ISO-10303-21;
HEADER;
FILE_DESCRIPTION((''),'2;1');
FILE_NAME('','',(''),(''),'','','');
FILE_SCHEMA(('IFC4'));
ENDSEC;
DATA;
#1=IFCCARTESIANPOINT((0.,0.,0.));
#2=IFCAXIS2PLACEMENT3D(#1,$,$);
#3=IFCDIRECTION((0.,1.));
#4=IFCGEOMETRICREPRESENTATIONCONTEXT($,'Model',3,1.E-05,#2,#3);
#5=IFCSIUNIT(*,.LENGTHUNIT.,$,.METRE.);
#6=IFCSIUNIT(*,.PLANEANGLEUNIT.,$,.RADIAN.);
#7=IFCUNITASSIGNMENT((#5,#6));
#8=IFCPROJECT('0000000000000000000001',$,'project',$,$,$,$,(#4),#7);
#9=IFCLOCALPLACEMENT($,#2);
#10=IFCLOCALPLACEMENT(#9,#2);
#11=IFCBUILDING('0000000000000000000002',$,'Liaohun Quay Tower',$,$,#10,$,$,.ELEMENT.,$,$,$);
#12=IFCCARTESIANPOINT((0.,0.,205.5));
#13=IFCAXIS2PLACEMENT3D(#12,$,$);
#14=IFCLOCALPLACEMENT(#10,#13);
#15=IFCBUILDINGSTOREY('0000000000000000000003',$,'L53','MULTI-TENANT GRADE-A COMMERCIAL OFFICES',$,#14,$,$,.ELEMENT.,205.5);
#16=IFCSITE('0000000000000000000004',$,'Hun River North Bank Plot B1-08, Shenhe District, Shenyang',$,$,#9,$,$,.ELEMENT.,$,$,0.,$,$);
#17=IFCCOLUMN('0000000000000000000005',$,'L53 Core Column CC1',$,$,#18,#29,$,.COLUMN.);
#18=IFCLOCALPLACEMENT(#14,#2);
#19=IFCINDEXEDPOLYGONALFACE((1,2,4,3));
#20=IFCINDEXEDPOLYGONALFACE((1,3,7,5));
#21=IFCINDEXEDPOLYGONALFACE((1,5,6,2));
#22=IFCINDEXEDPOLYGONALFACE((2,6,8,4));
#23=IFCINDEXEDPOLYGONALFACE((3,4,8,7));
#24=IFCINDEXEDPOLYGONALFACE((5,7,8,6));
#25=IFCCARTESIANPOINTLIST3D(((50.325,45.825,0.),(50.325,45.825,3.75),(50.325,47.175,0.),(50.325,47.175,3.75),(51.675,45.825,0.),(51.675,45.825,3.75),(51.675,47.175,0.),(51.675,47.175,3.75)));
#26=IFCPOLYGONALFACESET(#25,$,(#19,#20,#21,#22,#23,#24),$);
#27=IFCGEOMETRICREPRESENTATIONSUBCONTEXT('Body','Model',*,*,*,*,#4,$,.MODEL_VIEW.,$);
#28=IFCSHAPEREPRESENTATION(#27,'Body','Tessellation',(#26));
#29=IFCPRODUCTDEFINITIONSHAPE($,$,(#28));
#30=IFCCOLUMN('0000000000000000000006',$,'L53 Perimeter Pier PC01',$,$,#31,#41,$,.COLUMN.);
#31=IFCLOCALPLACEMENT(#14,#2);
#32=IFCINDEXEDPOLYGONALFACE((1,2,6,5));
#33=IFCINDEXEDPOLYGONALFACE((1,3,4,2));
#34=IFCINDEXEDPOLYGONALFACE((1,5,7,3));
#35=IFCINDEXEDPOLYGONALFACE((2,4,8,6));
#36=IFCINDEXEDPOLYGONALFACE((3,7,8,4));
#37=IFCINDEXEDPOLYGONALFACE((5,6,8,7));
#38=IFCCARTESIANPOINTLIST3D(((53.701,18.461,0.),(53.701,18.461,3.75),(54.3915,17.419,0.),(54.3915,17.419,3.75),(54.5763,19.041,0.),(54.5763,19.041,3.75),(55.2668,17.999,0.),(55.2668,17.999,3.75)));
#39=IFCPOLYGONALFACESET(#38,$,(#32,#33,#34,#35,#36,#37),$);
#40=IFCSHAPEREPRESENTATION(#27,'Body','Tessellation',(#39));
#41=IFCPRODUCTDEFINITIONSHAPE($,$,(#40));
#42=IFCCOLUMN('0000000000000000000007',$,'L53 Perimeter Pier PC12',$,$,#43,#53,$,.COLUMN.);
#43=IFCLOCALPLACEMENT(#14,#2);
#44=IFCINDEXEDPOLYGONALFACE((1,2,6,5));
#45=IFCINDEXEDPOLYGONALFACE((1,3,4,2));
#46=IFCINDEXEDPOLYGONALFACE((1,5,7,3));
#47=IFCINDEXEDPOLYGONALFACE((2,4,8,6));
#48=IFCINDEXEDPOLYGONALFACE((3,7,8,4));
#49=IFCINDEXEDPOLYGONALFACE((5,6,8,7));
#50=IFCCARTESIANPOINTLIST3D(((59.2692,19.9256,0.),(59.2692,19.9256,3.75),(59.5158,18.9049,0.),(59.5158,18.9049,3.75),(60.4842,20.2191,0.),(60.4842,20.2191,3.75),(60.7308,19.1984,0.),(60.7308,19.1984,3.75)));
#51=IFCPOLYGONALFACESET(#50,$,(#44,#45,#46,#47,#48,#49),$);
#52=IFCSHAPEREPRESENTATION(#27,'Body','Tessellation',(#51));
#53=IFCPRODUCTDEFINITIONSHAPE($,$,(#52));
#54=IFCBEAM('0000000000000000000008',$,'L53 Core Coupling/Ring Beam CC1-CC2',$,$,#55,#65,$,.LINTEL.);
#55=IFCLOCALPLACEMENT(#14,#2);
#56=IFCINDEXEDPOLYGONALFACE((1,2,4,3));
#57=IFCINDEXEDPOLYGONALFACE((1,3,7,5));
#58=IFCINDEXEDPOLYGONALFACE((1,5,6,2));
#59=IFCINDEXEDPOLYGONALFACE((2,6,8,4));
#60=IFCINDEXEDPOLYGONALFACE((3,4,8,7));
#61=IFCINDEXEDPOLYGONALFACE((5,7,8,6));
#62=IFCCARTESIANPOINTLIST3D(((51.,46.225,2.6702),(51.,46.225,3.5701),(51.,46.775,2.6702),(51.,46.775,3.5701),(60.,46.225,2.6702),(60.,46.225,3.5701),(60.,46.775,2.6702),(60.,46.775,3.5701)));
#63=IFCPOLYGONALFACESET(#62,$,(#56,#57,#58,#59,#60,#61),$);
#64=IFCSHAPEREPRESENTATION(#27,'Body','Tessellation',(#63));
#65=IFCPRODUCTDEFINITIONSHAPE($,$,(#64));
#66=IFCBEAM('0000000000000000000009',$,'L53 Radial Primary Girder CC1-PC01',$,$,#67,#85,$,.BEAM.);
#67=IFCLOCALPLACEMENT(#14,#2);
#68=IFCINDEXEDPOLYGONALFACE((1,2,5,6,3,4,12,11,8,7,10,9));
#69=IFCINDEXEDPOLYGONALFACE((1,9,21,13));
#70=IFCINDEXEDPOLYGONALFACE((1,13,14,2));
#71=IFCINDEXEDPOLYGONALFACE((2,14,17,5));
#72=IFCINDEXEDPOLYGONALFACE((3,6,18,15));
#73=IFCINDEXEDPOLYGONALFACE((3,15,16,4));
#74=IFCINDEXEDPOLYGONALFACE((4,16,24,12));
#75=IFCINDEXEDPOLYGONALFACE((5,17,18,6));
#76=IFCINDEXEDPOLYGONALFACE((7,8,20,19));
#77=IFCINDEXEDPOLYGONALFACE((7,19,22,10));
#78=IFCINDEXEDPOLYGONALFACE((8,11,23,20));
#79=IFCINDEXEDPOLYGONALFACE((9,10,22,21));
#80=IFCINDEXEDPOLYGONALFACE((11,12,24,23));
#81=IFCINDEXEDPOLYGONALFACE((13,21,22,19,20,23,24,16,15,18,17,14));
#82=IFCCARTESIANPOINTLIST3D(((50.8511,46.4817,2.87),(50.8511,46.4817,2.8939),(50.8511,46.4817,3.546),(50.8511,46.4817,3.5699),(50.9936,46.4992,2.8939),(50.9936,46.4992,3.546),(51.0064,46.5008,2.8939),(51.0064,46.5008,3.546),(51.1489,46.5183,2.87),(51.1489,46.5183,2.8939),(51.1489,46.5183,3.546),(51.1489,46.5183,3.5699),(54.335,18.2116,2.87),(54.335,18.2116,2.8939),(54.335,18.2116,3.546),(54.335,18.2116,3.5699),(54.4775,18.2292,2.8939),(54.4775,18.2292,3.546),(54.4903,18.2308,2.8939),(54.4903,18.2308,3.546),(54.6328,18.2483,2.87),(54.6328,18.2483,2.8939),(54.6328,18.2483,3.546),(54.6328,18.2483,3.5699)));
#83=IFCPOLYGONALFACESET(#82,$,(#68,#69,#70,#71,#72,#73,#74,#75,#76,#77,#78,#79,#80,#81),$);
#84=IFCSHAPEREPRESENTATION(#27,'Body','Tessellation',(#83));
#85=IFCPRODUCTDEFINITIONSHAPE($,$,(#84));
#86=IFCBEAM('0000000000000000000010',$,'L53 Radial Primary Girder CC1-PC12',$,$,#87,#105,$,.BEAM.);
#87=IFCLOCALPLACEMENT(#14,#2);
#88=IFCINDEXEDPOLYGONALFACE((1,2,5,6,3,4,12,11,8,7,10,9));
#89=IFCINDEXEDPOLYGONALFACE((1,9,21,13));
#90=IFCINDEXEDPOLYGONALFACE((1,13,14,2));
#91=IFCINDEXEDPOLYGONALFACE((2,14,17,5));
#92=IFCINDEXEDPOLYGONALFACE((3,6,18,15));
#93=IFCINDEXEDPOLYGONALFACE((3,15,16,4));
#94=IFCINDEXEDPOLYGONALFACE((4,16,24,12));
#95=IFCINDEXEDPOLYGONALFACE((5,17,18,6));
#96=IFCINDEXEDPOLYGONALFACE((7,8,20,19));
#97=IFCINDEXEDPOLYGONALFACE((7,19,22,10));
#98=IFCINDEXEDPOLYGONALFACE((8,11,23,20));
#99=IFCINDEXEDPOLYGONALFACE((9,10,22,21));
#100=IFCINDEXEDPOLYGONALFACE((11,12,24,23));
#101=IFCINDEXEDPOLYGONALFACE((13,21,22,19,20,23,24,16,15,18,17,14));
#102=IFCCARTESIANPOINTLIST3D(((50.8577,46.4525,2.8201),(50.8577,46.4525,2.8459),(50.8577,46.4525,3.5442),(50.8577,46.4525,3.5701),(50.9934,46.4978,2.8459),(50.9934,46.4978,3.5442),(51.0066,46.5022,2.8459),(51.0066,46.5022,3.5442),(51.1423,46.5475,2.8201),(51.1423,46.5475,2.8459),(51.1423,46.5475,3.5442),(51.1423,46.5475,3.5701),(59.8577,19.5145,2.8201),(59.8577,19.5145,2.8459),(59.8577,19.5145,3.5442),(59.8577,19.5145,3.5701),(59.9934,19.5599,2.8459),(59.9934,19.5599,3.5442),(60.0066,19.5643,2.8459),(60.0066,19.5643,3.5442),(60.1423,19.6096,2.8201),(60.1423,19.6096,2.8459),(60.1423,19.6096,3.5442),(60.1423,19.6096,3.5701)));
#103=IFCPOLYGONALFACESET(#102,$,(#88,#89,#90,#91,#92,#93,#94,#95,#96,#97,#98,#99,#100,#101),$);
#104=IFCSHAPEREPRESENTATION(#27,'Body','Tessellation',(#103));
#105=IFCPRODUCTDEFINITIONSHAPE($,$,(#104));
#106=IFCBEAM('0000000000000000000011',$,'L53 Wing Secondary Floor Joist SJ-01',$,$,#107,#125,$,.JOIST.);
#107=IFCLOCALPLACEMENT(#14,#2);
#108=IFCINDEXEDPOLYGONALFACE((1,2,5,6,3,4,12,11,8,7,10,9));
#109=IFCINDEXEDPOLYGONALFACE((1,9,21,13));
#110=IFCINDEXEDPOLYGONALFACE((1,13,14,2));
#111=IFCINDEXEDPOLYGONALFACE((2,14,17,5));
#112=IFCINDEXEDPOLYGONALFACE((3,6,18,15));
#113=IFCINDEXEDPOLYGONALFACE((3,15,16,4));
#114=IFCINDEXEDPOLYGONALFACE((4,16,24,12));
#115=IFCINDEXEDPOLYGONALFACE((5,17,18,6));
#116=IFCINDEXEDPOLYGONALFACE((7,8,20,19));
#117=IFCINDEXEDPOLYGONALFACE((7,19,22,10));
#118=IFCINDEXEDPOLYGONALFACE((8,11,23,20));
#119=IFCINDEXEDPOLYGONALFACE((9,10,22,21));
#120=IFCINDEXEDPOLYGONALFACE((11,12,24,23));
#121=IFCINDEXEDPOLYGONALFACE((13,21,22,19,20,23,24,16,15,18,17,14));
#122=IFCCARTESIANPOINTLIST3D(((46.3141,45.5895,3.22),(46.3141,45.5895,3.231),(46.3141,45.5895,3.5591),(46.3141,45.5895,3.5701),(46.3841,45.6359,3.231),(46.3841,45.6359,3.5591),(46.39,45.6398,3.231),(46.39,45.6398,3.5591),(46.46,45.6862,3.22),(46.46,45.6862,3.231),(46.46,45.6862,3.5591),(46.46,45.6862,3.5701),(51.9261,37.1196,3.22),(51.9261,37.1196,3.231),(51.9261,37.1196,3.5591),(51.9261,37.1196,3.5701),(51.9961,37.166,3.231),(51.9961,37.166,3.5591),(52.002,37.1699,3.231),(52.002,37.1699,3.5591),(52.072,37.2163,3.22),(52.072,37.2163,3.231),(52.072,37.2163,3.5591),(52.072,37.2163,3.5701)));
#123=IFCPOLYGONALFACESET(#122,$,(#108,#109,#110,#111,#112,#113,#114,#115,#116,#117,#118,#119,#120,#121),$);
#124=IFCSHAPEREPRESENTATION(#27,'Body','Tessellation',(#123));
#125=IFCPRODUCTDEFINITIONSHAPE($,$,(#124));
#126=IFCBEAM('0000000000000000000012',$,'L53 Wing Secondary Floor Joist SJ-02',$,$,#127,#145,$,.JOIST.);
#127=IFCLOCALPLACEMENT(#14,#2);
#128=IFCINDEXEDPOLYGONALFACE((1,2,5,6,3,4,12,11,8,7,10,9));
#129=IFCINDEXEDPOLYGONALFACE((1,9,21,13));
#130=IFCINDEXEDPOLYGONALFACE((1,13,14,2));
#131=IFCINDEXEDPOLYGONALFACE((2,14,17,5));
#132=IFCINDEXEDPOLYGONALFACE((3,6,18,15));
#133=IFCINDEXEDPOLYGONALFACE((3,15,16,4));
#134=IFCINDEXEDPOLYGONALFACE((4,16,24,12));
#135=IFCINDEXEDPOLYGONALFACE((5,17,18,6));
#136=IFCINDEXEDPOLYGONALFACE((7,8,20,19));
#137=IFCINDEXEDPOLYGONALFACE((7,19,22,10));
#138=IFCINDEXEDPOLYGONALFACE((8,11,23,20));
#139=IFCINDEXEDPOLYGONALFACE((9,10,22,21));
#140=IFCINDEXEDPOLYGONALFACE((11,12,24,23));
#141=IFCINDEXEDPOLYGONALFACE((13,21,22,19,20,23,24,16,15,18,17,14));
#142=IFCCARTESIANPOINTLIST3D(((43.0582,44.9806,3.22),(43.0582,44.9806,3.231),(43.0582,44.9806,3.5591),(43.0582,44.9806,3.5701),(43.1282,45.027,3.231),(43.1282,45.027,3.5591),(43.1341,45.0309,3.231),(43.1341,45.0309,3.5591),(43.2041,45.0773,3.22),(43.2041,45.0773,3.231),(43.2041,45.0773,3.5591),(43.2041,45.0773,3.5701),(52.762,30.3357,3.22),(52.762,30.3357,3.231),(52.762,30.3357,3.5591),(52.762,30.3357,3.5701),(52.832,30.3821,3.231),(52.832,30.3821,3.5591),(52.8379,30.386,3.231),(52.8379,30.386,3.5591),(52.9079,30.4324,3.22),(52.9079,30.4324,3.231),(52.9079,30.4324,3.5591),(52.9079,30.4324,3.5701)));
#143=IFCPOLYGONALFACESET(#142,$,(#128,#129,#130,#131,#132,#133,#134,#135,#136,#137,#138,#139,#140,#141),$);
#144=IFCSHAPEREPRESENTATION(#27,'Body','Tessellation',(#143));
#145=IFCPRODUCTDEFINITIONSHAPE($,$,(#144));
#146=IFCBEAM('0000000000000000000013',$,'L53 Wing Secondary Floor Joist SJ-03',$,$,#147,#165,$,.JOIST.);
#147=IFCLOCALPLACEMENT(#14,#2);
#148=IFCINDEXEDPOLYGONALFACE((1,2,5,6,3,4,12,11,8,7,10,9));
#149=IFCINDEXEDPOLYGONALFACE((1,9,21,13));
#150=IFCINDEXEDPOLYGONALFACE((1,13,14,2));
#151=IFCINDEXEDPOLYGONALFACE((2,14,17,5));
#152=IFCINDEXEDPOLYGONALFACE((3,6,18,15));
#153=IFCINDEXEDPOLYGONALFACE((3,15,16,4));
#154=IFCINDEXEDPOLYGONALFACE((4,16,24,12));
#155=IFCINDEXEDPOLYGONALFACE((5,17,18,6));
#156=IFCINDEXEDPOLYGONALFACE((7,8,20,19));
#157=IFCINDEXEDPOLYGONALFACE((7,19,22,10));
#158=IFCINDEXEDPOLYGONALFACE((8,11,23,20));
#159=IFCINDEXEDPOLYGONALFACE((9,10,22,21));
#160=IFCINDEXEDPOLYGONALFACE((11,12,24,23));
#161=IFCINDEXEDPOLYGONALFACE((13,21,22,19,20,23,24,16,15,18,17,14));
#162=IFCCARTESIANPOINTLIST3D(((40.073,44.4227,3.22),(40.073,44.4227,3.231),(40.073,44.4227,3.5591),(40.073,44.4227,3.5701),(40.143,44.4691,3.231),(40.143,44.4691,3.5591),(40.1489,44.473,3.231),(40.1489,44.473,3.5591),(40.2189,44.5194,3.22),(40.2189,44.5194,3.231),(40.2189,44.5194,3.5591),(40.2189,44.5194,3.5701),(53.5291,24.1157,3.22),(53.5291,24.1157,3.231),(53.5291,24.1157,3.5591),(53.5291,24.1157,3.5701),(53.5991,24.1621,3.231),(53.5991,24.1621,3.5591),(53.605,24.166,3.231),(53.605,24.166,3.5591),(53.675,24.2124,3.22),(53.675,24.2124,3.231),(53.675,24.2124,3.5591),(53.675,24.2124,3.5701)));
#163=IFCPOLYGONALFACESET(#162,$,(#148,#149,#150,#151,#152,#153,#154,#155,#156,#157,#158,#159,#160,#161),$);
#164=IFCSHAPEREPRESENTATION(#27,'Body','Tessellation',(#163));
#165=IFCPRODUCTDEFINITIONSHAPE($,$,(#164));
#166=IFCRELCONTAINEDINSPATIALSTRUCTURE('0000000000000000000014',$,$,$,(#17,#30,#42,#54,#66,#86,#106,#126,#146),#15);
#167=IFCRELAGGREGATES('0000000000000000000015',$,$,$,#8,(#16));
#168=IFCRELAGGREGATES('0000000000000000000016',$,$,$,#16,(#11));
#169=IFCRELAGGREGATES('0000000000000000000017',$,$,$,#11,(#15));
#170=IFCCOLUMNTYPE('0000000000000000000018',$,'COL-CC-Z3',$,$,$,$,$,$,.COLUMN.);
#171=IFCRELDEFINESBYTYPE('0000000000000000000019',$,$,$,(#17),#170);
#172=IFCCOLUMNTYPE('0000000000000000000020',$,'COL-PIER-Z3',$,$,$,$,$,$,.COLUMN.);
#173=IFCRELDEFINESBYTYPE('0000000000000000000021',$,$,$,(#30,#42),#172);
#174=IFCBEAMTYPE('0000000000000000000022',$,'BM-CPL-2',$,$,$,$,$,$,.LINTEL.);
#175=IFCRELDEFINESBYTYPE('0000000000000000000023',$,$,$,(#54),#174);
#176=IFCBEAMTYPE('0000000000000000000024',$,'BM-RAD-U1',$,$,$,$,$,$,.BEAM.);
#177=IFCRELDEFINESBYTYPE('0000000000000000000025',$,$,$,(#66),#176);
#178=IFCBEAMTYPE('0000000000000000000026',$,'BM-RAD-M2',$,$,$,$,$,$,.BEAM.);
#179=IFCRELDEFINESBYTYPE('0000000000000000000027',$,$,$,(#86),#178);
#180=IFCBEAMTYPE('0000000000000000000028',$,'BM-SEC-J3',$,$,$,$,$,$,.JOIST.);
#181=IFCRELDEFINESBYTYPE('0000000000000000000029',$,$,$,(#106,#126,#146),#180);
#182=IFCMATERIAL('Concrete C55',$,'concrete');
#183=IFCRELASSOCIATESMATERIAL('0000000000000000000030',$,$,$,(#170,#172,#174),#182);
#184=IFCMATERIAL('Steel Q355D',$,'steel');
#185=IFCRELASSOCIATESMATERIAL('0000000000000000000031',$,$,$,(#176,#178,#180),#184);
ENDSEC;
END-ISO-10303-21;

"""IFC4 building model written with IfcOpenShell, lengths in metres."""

from ifc_helpers import new_model, si_unit, direction, frame, origin, origin_2d, place, context, subcontext, project, spatial, rectangle, i_section, extrude, source, transform, mapped, material, material_profile, profile_set, type_object, element, save


model = new_model("IFC4")

# Units and contexts
model_context = context("Model", 3, precision=1e-05, world=origin(), true_north=direction((0.0, 1.0)))
body_context = subcontext(model_context, "Body", "Model", "MODEL_VIEW")
ifc_project = project(units=[si_unit("LENGTHUNIT", "METRE"), si_unit("PLANEANGLEUNIT", "RADIAN")], contexts=[model_context])

# Site, building, storey
site_placement = place(None, origin())
site = spatial("IfcSite", under=ifc_project, at=site_placement, Name="Hun River North Bank Plot B1-08, Shenhe District, Shenyang", CompositionType="ELEMENT", RefElevation=0.0)
building_placement = place(site_placement, origin())
building = spatial("IfcBuilding", under=site, at=building_placement, Name="Liaohun Quay Tower", CompositionType="ELEMENT")
storey_placement = place(building_placement, frame((0.0, 0.0, 205.5)))
storey = spatial("IfcBuildingStorey", under=building, at=storey_placement, Name="L53", Description="MULTI-TENANT GRADE-A COMMERCIAL OFFICES", CompositionType="ELEMENT", Elevation=205.5)

# Columns
ifc_material_1 = material(Name="Concrete C55", Category="concrete")
ifc_material_profile_1 = material_profile(ifc_material_1, rectangle(XDim=1.3501, YDim=1.3501, at=origin_2d()), Name="RC1350x1350")
ifc_profile_set_1 = profile_set([ifc_material_profile_1], Name="Concrete C55")
column_type_1 = type_object("IfcColumnType", Name="COL-CC-Z3", PredefinedType="COLUMN", material=ifc_profile_set_1)
shared_shape_1 = source(origin(), body_context, "Body", "SweptSolid", [
    extrude(rectangle(XDim=1.3501, YDim=1.3501, at=origin_2d()), origin(), (0.0, 0.0, 1.0), 3.75),
])
column_placement = place(storey_placement, frame((51.0, 46.5, 0.0), z_axis=(0.0, 0.0, 1.0), x_axis=(1.0, 0.0, 0.0)))
element("IfcColumn", 1, at=column_placement, inside=storey, type_object=column_type_1, Name="L53 Core Column CC1", PredefinedType="COLUMN", context=body_context, shape_type="MappedRepresentation", body=[
    mapped(shared_shape_1, transform((0.0, 0.0, 0.0), x_axis=(1.0, 0.0, 0.0), y_axis=(0.0, 1.0, 0.0), z_axis=(0.0, 0.0, 1.0), scale=1.0)),
])
ifc_material_profile_2 = material_profile(ifc_material_1, rectangle(XDim=1.25, YDim=1.05, at=origin_2d()), Name="RC1250x1050")
ifc_profile_set_2 = profile_set([ifc_material_profile_2], Name="Concrete C55")
column_type_2 = type_object("IfcColumnType", Name="COL-PIER-Z3", PredefinedType="COLUMN", material=ifc_profile_set_2)
shared_shape_2 = source(origin(), body_context, "Body", "SweptSolid", [
    extrude(rectangle(XDim=1.25, YDim=1.05, at=origin_2d()), origin(), (0.0, 0.0, 1.0), 3.75),
])
for number, where, z_axis, x_axis, name in (
    (2, (54.4839, 18.23, 0.0), (0.0, 0.0, 1.0), (-0.552374, 0.833597, 0.0), "L53 Perimeter Pier PC01"),
    (3, (60.0, 19.562, 0.0), (0.0, 0.0, 1.0), (0.972043, 0.234803, 0.0), "L53 Perimeter Pier PC12"),
):
    element("IfcColumn", number, at=place(storey_placement, frame(where, z_axis=z_axis, x_axis=x_axis)), inside=storey, type_object=column_type_2, Name=name, PredefinedType="COLUMN", context=body_context, shape_type="MappedRepresentation", body=[
        mapped(shared_shape_2, transform((0.0, 0.0, 0.0), x_axis=(1.0, 0.0, 0.0), y_axis=(0.0, 1.0, 0.0), z_axis=(0.0, 0.0, 1.0), scale=1.0)),
    ])

# Beams
ifc_material_profile_3 = material_profile(ifc_material_1, rectangle(XDim=0.55, YDim=0.8999, at=origin_2d()), Name="RC550x900")
ifc_profile_set_3 = profile_set([ifc_material_profile_3], Name="Concrete C55")
beam_type_1 = type_object("IfcBeamType", Name="BM-CPL-2", PredefinedType="LINTEL", material=ifc_profile_set_3)
shared_shape_3 = source(origin(), body_context, "Body", "SweptSolid", [
    extrude(rectangle(XDim=0.55, YDim=0.8999, at=origin_2d()), origin(), (0.0, 0.0, 1.0), 9.0),
])
beam_1_placement = place(storey_placement, frame((51.0, 46.5, 3.1201), z_axis=(1.0, 0.0, 0.0), x_axis=(0.0, 1.0, 0.0)))
element("IfcBeam", 4, at=beam_1_placement, inside=storey, type_object=beam_type_1, Name="L53 Core Coupling/Ring Beam CC1-CC2", PredefinedType="LINTEL", context=body_context, shape_type="MappedRepresentation", body=[
    mapped(shared_shape_3, transform((0.0, 0.0, 0.0), x_axis=(1.0, 0.0, 0.0), y_axis=(0.0, 1.0, 0.0), z_axis=(0.0, 0.0, 1.0), scale=1.0)),
])
ifc_material_2 = material(Name="Steel Q355D", Category="steel")
ifc_material_profile_4 = material_profile(ifc_material_2, i_section(OverallWidth=0.3, OverallDepth=0.7, WebThickness=0.0129, FlangeThickness=0.0239, at=origin_2d()), Name="HN700x300x13x24")
ifc_profile_set_4 = profile_set([ifc_material_profile_4], Name="Steel Q355D")
beam_type_2 = type_object("IfcBeamType", Name="BM-RAD-U1", PredefinedType="BEAM", material=ifc_profile_set_4)
shared_shape_4 = source(origin(), body_context, "Body", "SweptSolid", [
    extrude(i_section(OverallWidth=0.3, OverallDepth=0.7, WebThickness=0.0129, FlangeThickness=0.0239, at=origin_2d()), origin(), (0.0, 0.0, 1.0), 28.4839),
])
beam_2_placement = place(storey_placement, frame((51.0, 46.5, 3.22), z_axis=(0.122311, -0.992492, 0.0), x_axis=(0.992492, 0.122311, 0.0)))
element("IfcBeam", 5, at=beam_2_placement, inside=storey, type_object=beam_type_2, Name="L53 Radial Primary Girder CC1-PC01", PredefinedType="BEAM", context=body_context, shape_type="MappedRepresentation", body=[
    mapped(shared_shape_4, transform((0.0, 0.0, 0.0), x_axis=(1.0, 0.0, 0.0), y_axis=(0.0, 1.0, 0.0), z_axis=(0.0, 0.0, 1.0), scale=1.0)),
])
ifc_material_profile_5 = material_profile(ifc_material_2, i_section(OverallWidth=0.3, OverallDepth=0.75, WebThickness=0.0139, FlangeThickness=0.0259, at=origin_2d()), Name="HN750x300x14x26")
ifc_profile_set_5 = profile_set([ifc_material_profile_5], Name="Steel Q355D")
beam_type_3 = type_object("IfcBeamType", Name="BM-RAD-M2", PredefinedType="BEAM", material=ifc_profile_set_5)
shared_shape_5 = source(origin(), body_context, "Body", "SweptSolid", [
    extrude(i_section(OverallWidth=0.3, OverallDepth=0.75, WebThickness=0.0139, FlangeThickness=0.0259, at=origin_2d()), origin(), (0.0, 0.0, 1.0), 28.4016),
])
beam_3_placement = place(storey_placement, frame((51.0, 46.5, 3.1951), z_axis=(0.316883, -0.948465, 0.0), x_axis=(0.948465, 0.316883, 0.0)))
element("IfcBeam", 6, at=beam_3_placement, inside=storey, type_object=beam_type_3, Name="L53 Radial Primary Girder CC1-PC12", PredefinedType="BEAM", context=body_context, shape_type="MappedRepresentation", body=[
    mapped(shared_shape_5, transform((0.0, 0.0, 0.0), x_axis=(1.0, 0.0, 0.0), y_axis=(0.0, 1.0, 0.0), z_axis=(0.0, 0.0, 1.0), scale=1.0)),
])
ifc_material_profile_6 = material_profile(ifc_material_2, i_section(OverallWidth=0.175, OverallDepth=0.3501, WebThickness=0.0071, FlangeThickness=0.011, at=origin_2d()), Name="HN350x175x7x11")
ifc_profile_set_6 = profile_set([ifc_material_profile_6], Name="Steel Q355D")
beam_type_4 = type_object("IfcBeamType", Name="BM-SEC-J3", PredefinedType="JOIST", material=ifc_profile_set_6)
shared_shape_6 = source(origin(), body_context, "Body", "SweptSolid", [
    extrude(i_section(OverallWidth=0.175, OverallDepth=0.3501, WebThickness=0.0071, FlangeThickness=0.011, at=origin_2d()), origin(), (0.0, 0.0, 1.0), 10.1604),
])
beam_4_placement = place(storey_placement, frame((51.999, 37.168, 3.395), z_axis=(-0.552341, 0.833618, 0.0), x_axis=(-0.833618, -0.552341, 0.0)))
element("IfcBeam", 7, at=beam_4_placement, inside=storey, type_object=beam_type_4, Name="L53 Wing Secondary Floor Joist SJ-01", PredefinedType="JOIST", context=body_context, shape_type="MappedRepresentation", body=[
    mapped(shared_shape_6, transform((0.0, 0.0, 0.0), x_axis=(1.0, 0.0, 0.0), y_axis=(0.0, 1.0, 0.0), z_axis=(0.0, 0.0, 1.0), scale=1.0)),
])
shared_shape_7 = source(origin(), body_context, "Body", "SweptSolid", [
    extrude(i_section(OverallWidth=0.175, OverallDepth=0.3501, WebThickness=0.0071, FlangeThickness=0.011, at=origin_2d()), origin(), (0.0, 0.0, 1.0), 17.5681),
])
beam_5_placement = place(storey_placement, frame((52.835, 30.384, 3.395), z_axis=(-0.552354, 0.83361, 0.0), x_axis=(-0.83361, -0.552354, 0.0)))
element("IfcBeam", 8, at=beam_5_placement, inside=storey, type_object=beam_type_4, Name="L53 Wing Secondary Floor Joist SJ-02", PredefinedType="JOIST", context=body_context, shape_type="MappedRepresentation", body=[
    mapped(shared_shape_7, transform((0.0, 0.0, 0.0), x_axis=(1.0, 0.0, 0.0), y_axis=(0.0, 1.0, 0.0), z_axis=(0.0, 0.0, 1.0), scale=1.0)),
])
shared_shape_8 = source(origin(), body_context, "Body", "SweptSolid", [
    extrude(i_section(OverallWidth=0.175, OverallDepth=0.3501, WebThickness=0.0071, FlangeThickness=0.011, at=origin_2d()), origin(), (0.0, 0.0, 1.0), 24.3606),
])
beam_6_placement = place(storey_placement, frame((53.6021, 24.1641, 3.395), z_axis=(-0.552371, 0.833598, 0.0), x_axis=(-0.833598, -0.552371, 0.0)))
element("IfcBeam", 9, at=beam_6_placement, inside=storey, type_object=beam_type_4, Name="L53 Wing Secondary Floor Joist SJ-03", PredefinedType="JOIST", context=body_context, shape_type="MappedRepresentation", body=[
    mapped(shared_shape_8, transform((0.0, 0.0, 0.0), x_axis=(1.0, 0.0, 0.0), y_axis=(0.0, 1.0, 0.0), z_axis=(0.0, 0.0, 1.0), scale=1.0)),
])

save(model, "model.ifc")
